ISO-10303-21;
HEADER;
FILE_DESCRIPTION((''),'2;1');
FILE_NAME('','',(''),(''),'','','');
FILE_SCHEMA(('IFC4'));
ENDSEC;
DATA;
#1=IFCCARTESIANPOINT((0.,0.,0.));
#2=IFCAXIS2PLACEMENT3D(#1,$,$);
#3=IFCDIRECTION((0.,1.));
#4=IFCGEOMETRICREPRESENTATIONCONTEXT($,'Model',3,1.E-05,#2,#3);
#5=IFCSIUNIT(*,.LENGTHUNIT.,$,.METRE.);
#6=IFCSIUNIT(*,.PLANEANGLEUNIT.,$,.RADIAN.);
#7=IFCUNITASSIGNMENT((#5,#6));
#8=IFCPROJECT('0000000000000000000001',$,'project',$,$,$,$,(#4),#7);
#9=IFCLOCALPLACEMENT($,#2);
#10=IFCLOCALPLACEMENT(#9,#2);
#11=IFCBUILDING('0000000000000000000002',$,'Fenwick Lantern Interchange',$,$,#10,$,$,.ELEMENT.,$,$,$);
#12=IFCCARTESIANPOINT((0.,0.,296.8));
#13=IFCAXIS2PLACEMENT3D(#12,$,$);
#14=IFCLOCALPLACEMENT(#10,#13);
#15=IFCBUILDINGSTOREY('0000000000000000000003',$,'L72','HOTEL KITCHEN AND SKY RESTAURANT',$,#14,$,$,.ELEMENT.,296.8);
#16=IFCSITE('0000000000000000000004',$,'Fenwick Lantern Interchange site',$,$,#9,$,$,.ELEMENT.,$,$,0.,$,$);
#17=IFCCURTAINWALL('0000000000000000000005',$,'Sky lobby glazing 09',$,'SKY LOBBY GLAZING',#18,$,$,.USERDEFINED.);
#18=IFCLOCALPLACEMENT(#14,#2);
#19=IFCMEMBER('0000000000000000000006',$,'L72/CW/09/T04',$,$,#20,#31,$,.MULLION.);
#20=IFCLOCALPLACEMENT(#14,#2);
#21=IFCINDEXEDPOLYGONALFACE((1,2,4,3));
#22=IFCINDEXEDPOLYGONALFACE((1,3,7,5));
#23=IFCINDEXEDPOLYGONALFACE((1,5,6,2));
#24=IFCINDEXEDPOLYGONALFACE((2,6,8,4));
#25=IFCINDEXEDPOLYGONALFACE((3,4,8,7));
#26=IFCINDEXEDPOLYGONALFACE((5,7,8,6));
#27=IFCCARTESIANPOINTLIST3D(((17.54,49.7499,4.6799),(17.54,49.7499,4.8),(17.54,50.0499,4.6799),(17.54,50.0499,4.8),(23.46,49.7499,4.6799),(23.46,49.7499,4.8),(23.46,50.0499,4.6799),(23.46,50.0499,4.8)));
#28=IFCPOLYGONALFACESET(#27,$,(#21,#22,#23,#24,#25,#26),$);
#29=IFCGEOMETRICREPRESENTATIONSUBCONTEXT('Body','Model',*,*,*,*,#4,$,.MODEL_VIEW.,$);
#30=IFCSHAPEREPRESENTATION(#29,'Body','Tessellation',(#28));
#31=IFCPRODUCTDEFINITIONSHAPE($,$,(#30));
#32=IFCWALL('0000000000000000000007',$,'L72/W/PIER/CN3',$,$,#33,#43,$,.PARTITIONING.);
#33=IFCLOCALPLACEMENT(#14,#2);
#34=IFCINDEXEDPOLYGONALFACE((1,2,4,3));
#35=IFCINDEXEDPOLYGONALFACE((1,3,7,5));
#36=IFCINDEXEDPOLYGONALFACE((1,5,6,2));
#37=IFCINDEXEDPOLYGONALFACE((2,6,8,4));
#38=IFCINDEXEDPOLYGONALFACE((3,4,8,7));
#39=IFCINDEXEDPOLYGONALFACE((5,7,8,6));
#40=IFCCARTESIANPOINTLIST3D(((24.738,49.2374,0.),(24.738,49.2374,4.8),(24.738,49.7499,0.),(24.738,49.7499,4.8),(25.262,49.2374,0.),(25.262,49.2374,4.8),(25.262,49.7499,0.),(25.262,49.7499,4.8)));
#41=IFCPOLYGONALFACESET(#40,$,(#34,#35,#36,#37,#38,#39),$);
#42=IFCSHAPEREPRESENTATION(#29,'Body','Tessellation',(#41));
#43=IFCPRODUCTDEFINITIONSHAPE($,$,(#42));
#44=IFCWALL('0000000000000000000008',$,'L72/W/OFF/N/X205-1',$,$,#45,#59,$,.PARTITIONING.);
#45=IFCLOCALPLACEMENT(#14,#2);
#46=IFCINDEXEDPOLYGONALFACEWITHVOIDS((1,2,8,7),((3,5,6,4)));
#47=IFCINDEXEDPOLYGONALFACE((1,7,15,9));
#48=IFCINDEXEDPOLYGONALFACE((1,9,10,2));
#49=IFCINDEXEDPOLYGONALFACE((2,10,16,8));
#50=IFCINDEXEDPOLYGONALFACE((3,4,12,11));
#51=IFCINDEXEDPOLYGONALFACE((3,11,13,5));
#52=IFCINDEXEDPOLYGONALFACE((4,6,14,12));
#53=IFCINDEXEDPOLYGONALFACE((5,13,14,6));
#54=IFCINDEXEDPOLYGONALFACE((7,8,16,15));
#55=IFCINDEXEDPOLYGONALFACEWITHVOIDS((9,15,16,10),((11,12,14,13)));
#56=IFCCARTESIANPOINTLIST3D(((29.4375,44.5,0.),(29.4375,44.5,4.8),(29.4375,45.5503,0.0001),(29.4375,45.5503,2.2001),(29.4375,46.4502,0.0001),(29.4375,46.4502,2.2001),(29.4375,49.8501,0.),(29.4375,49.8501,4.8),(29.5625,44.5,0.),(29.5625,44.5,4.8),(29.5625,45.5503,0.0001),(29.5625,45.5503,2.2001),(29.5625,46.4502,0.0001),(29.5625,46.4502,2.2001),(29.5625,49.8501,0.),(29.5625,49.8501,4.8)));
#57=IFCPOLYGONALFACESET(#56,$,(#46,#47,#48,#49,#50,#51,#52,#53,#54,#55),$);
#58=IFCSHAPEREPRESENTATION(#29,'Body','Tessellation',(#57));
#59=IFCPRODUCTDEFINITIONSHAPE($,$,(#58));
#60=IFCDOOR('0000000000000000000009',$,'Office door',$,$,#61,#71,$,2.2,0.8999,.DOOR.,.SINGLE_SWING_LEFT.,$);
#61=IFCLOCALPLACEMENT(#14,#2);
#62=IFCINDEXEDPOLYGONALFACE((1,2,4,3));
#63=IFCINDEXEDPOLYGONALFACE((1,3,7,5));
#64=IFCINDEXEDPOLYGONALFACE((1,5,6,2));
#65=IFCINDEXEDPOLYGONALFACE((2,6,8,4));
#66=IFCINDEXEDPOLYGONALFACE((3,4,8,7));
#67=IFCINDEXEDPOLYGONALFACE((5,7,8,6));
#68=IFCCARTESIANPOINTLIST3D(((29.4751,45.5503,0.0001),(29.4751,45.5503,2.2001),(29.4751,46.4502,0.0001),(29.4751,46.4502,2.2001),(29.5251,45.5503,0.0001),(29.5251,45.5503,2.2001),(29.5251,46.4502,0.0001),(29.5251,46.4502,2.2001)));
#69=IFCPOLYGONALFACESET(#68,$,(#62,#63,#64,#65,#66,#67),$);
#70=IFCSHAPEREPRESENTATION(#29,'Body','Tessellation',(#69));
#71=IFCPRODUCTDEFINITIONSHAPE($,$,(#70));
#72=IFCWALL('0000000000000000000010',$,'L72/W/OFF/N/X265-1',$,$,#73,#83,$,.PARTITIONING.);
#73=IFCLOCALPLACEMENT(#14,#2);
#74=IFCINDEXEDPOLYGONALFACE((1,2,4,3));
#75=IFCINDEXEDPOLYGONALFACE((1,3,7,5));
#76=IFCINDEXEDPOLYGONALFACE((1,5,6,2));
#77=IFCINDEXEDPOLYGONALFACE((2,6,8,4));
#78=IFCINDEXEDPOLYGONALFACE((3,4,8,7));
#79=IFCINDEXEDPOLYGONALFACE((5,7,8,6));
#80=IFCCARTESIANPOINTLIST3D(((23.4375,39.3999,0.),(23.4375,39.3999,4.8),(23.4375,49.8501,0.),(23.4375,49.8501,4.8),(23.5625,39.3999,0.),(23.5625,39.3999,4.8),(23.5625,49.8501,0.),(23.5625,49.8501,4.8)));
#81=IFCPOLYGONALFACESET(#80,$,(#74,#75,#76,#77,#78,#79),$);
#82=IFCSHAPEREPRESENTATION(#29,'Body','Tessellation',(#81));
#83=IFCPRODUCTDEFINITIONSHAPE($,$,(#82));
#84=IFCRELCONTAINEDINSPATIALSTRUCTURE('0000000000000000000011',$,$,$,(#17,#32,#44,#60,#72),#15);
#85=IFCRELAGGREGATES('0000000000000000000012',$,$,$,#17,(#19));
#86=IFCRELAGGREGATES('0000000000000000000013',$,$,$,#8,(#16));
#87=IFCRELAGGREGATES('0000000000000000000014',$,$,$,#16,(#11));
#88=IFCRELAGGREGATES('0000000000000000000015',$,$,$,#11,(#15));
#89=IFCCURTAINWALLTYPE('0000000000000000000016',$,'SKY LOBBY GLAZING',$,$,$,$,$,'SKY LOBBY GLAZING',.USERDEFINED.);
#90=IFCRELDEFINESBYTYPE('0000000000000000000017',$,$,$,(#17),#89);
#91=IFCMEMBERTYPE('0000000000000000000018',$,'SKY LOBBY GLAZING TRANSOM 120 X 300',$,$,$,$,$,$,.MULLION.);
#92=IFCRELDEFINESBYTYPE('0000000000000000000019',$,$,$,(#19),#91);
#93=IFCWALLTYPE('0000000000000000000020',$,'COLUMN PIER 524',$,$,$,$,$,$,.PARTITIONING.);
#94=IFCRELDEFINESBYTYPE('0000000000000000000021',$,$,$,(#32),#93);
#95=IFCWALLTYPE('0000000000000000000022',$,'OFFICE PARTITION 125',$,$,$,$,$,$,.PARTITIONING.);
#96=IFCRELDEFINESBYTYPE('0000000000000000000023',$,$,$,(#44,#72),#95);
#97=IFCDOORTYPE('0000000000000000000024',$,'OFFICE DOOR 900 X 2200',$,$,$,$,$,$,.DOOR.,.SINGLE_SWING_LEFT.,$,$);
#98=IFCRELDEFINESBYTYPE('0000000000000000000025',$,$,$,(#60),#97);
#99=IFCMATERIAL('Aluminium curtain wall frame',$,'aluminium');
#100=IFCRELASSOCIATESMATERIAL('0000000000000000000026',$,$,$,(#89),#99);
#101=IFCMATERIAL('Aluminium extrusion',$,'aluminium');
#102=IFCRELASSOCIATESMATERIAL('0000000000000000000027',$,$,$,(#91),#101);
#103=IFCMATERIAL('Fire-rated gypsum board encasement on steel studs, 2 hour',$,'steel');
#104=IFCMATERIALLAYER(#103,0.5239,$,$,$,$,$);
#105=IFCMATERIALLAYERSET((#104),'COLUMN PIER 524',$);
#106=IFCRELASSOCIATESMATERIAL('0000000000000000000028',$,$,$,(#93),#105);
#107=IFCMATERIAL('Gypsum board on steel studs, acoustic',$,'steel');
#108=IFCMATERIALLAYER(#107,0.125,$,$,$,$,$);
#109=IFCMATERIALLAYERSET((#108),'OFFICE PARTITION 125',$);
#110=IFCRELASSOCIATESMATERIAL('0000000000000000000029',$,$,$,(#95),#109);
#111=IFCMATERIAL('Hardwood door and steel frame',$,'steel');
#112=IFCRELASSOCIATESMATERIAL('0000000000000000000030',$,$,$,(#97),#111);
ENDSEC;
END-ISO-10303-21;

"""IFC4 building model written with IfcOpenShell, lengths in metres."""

from ifc_helpers import new_model, si_unit, direction, frame, frame_2d, origin, origin_2d, place, context, subcontext, project, spatial, rectangle, extrude, material, layer, layer_set, material_profile, profile_set, type_object, element, fill, aggregate, save


model = new_model("IFC4")

# Units and contexts
model_context = context("Model", 3, precision=1e-05, world=origin(), true_north=direction((0.0, 1.0)))
body_context = subcontext(model_context, "Body", "Model", "MODEL_VIEW")
ifc_project = project(units=[si_unit("LENGTHUNIT", "METRE"), si_unit("PLANEANGLEUNIT", "RADIAN")], contexts=[model_context])

# Site, building, storey
site_placement = place(None, origin())
site = spatial("IfcSite", under=ifc_project, at=site_placement, Name="Fenwick Lantern Interchange site", CompositionType="ELEMENT", RefElevation=0.0)
building_placement = place(site_placement, origin())
building = spatial("IfcBuilding", under=site, at=building_placement, Name="Fenwick Lantern Interchange", CompositionType="ELEMENT")
storey_placement = place(building_placement, frame((0.0, 0.0, 296.8)))
storey = spatial("IfcBuildingStorey", under=building, at=storey_placement, Name="L72", Description="HOTEL KITCHEN AND SKY RESTAURANT", CompositionType="ELEMENT", Elevation=296.8)

# Curtain wall, member
ifc_material_1 = material(Name="Aluminium curtain wall frame", Category="aluminium")
curtain_wall_type = type_object("IfcCurtainWallType", Name="SKY LOBBY GLAZING", ElementType="SKY LOBBY GLAZING", PredefinedType="USERDEFINED", material=ifc_material_1)
curtain_wall_placement = place(storey_placement, origin())
curtain_wall = element("IfcCurtainWall", 1, at=curtain_wall_placement, inside=storey, type_object=curtain_wall_type, Name="Sky lobby glazing 09", ObjectType="SKY LOBBY GLAZING", PredefinedType="USERDEFINED")
ifc_material_2 = material(Name="Aluminium extrusion", Category="aluminium")
ifc_material_profile_1 = material_profile(ifc_material_2, rectangle(XDim=0.3, YDim=0.1201, at=origin_2d()), Name="SKY LOBBY GLAZING TRANSOM 120 X 300")
ifc_profile_set_1 = profile_set([ifc_material_profile_1], Name="Aluminium extrusion")
member_type_1 = type_object("IfcMemberType", Name="SKY LOBBY GLAZING TRANSOM 120 X 300", PredefinedType="MULLION", material=ifc_profile_set_1)
member_1_placement = place(storey_placement, frame((23.46, 49.8999, 4.74), z_axis=(-1.0, 0.0, 0.0), x_axis=(0.0, -1.0, 0.0)))
member_1 = element("IfcMember", 2, at=member_1_placement, type_object=member_type_1, Name="L72/CW/09/T04", PredefinedType="MULLION", context=body_context, shape_type="SweptSolid", body=[
    extrude(rectangle(XDim=0.3, YDim=0.1201, at=origin_2d()), origin(), (0.0, 0.0, 1.0), 5.9199),
])
aggregate(curtain_wall, [member_1])

# Wall
ifc_material_3 = material(Name="Fire-rated gypsum board encasement on steel studs, 2 hour", Category="steel")
ifc_layer_1 = layer(ifc_material_3, 0.5239)
ifc_layer_set_1 = layer_set([ifc_layer_1], Name="COLUMN PIER 524")
wall_type_1 = type_object("IfcWallType", Name="COLUMN PIER 524", PredefinedType="PARTITIONING", material=ifc_layer_set_1)
wall_1_placement = place(storey_placement, frame((25.0, 49.75, 0.0), z_axis=(0.0, 0.0, 1.0), x_axis=(0.0, -1.0, 0.0)))
element("IfcWall", 3, at=wall_1_placement, inside=storey, type_object=wall_type_1, Name="L72/W/PIER/CN3", PredefinedType="PARTITIONING", context=body_context, shape_type="SweptSolid", body=[
    extrude(rectangle(XDim=0.5125, YDim=0.5239, at=frame_2d((0.2563, 0.0))), origin(), (0.0, 0.0, 1.0), 4.8),
])

# Wall, opening, door
ifc_material_4 = material(Name="Gypsum board on steel studs, acoustic", Category="steel")
ifc_layer_2 = layer(ifc_material_4, 0.125)
ifc_layer_set_2 = layer_set([ifc_layer_2], Name="OFFICE PARTITION 125")
wall_type_2 = type_object("IfcWallType", Name="OFFICE PARTITION 125", PredefinedType="PARTITIONING", material=ifc_layer_set_2)
wall_2_placement = place(storey_placement, frame((29.5, 49.8501, 0.0), z_axis=(0.0, 0.0, 1.0), x_axis=(0.0, -1.0, 0.0)))
wall_2 = element("IfcWall", 4, at=wall_2_placement, inside=storey, type_object=wall_type_2, Name="L72/W/OFF/N/X205-1", PredefinedType="PARTITIONING", context=body_context, shape_type="SweptSolid", body=[
    extrude(rectangle(XDim=5.3501, YDim=0.125, at=frame_2d((2.675, 0.0))), origin(), (0.0, 0.0, 1.0), 4.8),
])
opening_placement = place(wall_2_placement, frame((3.3999, 0.0, 0.0)))
opening = element("IfcOpeningElement", 5, at=opening_placement, cuts=wall_2, PredefinedType="OPENING", context=body_context, shape_type="SweptSolid", body=[
    extrude(rectangle(XDim=0.8999, YDim=2.2, at=frame_2d((0.45, 1.1001))), frame((0.0, 0.0725, 0.0), z_axis=(0.0, -1.0, 0.0), x_axis=(1.0, 0.0, 0.0)), (0.0, 0.0, 1.0), 0.145),
])
ifc_material_5 = material(Name="Hardwood door and steel frame", Category="steel")
door_type = type_object("IfcDoorType", Name="OFFICE DOOR 900 X 2200", OperationType="SINGLE_SWING_LEFT", PredefinedType="DOOR", material=ifc_material_5)
door_placement = place(opening_placement, frame((0.8999, 0.0, 0.0), z_axis=(0.0, 0.0, 1.0), x_axis=(-1.0, 0.0, 0.0)))
door = element("IfcDoor", 6, at=door_placement, inside=storey, type_object=door_type, Name="Office door", OperationType="SINGLE_SWING_LEFT", OverallHeight=2.2, OverallWidth=0.8999, PredefinedType="DOOR", context=body_context, shape_type="SweptSolid", body=[
    extrude(rectangle(XDim=0.8999, YDim=2.2, at=frame_2d((0.45, 1.1001))), frame((0.0, 0.0249, 0.0), z_axis=(0.0, -1.0, 0.0), x_axis=(1.0, 0.0, 0.0)), (0.0, 0.0, 1.0), 0.05),
])
fill(opening, door)

# Wall
wall_3_placement = place(storey_placement, frame((23.5, 49.8501, 0.0), z_axis=(0.0, 0.0, 1.0), x_axis=(0.0, -1.0, 0.0)))
element("IfcWall", 7, at=wall_3_placement, inside=storey, type_object=wall_type_2, Name="L72/W/OFF/N/X265-1", PredefinedType="PARTITIONING", context=body_context, shape_type="SweptSolid", body=[
    extrude(rectangle(XDim=10.4502, YDim=0.125, at=frame_2d((5.2251, 0.0))), origin(), (0.0, 0.0, 1.0), 4.8),
])

save(model, "model.ifc")
